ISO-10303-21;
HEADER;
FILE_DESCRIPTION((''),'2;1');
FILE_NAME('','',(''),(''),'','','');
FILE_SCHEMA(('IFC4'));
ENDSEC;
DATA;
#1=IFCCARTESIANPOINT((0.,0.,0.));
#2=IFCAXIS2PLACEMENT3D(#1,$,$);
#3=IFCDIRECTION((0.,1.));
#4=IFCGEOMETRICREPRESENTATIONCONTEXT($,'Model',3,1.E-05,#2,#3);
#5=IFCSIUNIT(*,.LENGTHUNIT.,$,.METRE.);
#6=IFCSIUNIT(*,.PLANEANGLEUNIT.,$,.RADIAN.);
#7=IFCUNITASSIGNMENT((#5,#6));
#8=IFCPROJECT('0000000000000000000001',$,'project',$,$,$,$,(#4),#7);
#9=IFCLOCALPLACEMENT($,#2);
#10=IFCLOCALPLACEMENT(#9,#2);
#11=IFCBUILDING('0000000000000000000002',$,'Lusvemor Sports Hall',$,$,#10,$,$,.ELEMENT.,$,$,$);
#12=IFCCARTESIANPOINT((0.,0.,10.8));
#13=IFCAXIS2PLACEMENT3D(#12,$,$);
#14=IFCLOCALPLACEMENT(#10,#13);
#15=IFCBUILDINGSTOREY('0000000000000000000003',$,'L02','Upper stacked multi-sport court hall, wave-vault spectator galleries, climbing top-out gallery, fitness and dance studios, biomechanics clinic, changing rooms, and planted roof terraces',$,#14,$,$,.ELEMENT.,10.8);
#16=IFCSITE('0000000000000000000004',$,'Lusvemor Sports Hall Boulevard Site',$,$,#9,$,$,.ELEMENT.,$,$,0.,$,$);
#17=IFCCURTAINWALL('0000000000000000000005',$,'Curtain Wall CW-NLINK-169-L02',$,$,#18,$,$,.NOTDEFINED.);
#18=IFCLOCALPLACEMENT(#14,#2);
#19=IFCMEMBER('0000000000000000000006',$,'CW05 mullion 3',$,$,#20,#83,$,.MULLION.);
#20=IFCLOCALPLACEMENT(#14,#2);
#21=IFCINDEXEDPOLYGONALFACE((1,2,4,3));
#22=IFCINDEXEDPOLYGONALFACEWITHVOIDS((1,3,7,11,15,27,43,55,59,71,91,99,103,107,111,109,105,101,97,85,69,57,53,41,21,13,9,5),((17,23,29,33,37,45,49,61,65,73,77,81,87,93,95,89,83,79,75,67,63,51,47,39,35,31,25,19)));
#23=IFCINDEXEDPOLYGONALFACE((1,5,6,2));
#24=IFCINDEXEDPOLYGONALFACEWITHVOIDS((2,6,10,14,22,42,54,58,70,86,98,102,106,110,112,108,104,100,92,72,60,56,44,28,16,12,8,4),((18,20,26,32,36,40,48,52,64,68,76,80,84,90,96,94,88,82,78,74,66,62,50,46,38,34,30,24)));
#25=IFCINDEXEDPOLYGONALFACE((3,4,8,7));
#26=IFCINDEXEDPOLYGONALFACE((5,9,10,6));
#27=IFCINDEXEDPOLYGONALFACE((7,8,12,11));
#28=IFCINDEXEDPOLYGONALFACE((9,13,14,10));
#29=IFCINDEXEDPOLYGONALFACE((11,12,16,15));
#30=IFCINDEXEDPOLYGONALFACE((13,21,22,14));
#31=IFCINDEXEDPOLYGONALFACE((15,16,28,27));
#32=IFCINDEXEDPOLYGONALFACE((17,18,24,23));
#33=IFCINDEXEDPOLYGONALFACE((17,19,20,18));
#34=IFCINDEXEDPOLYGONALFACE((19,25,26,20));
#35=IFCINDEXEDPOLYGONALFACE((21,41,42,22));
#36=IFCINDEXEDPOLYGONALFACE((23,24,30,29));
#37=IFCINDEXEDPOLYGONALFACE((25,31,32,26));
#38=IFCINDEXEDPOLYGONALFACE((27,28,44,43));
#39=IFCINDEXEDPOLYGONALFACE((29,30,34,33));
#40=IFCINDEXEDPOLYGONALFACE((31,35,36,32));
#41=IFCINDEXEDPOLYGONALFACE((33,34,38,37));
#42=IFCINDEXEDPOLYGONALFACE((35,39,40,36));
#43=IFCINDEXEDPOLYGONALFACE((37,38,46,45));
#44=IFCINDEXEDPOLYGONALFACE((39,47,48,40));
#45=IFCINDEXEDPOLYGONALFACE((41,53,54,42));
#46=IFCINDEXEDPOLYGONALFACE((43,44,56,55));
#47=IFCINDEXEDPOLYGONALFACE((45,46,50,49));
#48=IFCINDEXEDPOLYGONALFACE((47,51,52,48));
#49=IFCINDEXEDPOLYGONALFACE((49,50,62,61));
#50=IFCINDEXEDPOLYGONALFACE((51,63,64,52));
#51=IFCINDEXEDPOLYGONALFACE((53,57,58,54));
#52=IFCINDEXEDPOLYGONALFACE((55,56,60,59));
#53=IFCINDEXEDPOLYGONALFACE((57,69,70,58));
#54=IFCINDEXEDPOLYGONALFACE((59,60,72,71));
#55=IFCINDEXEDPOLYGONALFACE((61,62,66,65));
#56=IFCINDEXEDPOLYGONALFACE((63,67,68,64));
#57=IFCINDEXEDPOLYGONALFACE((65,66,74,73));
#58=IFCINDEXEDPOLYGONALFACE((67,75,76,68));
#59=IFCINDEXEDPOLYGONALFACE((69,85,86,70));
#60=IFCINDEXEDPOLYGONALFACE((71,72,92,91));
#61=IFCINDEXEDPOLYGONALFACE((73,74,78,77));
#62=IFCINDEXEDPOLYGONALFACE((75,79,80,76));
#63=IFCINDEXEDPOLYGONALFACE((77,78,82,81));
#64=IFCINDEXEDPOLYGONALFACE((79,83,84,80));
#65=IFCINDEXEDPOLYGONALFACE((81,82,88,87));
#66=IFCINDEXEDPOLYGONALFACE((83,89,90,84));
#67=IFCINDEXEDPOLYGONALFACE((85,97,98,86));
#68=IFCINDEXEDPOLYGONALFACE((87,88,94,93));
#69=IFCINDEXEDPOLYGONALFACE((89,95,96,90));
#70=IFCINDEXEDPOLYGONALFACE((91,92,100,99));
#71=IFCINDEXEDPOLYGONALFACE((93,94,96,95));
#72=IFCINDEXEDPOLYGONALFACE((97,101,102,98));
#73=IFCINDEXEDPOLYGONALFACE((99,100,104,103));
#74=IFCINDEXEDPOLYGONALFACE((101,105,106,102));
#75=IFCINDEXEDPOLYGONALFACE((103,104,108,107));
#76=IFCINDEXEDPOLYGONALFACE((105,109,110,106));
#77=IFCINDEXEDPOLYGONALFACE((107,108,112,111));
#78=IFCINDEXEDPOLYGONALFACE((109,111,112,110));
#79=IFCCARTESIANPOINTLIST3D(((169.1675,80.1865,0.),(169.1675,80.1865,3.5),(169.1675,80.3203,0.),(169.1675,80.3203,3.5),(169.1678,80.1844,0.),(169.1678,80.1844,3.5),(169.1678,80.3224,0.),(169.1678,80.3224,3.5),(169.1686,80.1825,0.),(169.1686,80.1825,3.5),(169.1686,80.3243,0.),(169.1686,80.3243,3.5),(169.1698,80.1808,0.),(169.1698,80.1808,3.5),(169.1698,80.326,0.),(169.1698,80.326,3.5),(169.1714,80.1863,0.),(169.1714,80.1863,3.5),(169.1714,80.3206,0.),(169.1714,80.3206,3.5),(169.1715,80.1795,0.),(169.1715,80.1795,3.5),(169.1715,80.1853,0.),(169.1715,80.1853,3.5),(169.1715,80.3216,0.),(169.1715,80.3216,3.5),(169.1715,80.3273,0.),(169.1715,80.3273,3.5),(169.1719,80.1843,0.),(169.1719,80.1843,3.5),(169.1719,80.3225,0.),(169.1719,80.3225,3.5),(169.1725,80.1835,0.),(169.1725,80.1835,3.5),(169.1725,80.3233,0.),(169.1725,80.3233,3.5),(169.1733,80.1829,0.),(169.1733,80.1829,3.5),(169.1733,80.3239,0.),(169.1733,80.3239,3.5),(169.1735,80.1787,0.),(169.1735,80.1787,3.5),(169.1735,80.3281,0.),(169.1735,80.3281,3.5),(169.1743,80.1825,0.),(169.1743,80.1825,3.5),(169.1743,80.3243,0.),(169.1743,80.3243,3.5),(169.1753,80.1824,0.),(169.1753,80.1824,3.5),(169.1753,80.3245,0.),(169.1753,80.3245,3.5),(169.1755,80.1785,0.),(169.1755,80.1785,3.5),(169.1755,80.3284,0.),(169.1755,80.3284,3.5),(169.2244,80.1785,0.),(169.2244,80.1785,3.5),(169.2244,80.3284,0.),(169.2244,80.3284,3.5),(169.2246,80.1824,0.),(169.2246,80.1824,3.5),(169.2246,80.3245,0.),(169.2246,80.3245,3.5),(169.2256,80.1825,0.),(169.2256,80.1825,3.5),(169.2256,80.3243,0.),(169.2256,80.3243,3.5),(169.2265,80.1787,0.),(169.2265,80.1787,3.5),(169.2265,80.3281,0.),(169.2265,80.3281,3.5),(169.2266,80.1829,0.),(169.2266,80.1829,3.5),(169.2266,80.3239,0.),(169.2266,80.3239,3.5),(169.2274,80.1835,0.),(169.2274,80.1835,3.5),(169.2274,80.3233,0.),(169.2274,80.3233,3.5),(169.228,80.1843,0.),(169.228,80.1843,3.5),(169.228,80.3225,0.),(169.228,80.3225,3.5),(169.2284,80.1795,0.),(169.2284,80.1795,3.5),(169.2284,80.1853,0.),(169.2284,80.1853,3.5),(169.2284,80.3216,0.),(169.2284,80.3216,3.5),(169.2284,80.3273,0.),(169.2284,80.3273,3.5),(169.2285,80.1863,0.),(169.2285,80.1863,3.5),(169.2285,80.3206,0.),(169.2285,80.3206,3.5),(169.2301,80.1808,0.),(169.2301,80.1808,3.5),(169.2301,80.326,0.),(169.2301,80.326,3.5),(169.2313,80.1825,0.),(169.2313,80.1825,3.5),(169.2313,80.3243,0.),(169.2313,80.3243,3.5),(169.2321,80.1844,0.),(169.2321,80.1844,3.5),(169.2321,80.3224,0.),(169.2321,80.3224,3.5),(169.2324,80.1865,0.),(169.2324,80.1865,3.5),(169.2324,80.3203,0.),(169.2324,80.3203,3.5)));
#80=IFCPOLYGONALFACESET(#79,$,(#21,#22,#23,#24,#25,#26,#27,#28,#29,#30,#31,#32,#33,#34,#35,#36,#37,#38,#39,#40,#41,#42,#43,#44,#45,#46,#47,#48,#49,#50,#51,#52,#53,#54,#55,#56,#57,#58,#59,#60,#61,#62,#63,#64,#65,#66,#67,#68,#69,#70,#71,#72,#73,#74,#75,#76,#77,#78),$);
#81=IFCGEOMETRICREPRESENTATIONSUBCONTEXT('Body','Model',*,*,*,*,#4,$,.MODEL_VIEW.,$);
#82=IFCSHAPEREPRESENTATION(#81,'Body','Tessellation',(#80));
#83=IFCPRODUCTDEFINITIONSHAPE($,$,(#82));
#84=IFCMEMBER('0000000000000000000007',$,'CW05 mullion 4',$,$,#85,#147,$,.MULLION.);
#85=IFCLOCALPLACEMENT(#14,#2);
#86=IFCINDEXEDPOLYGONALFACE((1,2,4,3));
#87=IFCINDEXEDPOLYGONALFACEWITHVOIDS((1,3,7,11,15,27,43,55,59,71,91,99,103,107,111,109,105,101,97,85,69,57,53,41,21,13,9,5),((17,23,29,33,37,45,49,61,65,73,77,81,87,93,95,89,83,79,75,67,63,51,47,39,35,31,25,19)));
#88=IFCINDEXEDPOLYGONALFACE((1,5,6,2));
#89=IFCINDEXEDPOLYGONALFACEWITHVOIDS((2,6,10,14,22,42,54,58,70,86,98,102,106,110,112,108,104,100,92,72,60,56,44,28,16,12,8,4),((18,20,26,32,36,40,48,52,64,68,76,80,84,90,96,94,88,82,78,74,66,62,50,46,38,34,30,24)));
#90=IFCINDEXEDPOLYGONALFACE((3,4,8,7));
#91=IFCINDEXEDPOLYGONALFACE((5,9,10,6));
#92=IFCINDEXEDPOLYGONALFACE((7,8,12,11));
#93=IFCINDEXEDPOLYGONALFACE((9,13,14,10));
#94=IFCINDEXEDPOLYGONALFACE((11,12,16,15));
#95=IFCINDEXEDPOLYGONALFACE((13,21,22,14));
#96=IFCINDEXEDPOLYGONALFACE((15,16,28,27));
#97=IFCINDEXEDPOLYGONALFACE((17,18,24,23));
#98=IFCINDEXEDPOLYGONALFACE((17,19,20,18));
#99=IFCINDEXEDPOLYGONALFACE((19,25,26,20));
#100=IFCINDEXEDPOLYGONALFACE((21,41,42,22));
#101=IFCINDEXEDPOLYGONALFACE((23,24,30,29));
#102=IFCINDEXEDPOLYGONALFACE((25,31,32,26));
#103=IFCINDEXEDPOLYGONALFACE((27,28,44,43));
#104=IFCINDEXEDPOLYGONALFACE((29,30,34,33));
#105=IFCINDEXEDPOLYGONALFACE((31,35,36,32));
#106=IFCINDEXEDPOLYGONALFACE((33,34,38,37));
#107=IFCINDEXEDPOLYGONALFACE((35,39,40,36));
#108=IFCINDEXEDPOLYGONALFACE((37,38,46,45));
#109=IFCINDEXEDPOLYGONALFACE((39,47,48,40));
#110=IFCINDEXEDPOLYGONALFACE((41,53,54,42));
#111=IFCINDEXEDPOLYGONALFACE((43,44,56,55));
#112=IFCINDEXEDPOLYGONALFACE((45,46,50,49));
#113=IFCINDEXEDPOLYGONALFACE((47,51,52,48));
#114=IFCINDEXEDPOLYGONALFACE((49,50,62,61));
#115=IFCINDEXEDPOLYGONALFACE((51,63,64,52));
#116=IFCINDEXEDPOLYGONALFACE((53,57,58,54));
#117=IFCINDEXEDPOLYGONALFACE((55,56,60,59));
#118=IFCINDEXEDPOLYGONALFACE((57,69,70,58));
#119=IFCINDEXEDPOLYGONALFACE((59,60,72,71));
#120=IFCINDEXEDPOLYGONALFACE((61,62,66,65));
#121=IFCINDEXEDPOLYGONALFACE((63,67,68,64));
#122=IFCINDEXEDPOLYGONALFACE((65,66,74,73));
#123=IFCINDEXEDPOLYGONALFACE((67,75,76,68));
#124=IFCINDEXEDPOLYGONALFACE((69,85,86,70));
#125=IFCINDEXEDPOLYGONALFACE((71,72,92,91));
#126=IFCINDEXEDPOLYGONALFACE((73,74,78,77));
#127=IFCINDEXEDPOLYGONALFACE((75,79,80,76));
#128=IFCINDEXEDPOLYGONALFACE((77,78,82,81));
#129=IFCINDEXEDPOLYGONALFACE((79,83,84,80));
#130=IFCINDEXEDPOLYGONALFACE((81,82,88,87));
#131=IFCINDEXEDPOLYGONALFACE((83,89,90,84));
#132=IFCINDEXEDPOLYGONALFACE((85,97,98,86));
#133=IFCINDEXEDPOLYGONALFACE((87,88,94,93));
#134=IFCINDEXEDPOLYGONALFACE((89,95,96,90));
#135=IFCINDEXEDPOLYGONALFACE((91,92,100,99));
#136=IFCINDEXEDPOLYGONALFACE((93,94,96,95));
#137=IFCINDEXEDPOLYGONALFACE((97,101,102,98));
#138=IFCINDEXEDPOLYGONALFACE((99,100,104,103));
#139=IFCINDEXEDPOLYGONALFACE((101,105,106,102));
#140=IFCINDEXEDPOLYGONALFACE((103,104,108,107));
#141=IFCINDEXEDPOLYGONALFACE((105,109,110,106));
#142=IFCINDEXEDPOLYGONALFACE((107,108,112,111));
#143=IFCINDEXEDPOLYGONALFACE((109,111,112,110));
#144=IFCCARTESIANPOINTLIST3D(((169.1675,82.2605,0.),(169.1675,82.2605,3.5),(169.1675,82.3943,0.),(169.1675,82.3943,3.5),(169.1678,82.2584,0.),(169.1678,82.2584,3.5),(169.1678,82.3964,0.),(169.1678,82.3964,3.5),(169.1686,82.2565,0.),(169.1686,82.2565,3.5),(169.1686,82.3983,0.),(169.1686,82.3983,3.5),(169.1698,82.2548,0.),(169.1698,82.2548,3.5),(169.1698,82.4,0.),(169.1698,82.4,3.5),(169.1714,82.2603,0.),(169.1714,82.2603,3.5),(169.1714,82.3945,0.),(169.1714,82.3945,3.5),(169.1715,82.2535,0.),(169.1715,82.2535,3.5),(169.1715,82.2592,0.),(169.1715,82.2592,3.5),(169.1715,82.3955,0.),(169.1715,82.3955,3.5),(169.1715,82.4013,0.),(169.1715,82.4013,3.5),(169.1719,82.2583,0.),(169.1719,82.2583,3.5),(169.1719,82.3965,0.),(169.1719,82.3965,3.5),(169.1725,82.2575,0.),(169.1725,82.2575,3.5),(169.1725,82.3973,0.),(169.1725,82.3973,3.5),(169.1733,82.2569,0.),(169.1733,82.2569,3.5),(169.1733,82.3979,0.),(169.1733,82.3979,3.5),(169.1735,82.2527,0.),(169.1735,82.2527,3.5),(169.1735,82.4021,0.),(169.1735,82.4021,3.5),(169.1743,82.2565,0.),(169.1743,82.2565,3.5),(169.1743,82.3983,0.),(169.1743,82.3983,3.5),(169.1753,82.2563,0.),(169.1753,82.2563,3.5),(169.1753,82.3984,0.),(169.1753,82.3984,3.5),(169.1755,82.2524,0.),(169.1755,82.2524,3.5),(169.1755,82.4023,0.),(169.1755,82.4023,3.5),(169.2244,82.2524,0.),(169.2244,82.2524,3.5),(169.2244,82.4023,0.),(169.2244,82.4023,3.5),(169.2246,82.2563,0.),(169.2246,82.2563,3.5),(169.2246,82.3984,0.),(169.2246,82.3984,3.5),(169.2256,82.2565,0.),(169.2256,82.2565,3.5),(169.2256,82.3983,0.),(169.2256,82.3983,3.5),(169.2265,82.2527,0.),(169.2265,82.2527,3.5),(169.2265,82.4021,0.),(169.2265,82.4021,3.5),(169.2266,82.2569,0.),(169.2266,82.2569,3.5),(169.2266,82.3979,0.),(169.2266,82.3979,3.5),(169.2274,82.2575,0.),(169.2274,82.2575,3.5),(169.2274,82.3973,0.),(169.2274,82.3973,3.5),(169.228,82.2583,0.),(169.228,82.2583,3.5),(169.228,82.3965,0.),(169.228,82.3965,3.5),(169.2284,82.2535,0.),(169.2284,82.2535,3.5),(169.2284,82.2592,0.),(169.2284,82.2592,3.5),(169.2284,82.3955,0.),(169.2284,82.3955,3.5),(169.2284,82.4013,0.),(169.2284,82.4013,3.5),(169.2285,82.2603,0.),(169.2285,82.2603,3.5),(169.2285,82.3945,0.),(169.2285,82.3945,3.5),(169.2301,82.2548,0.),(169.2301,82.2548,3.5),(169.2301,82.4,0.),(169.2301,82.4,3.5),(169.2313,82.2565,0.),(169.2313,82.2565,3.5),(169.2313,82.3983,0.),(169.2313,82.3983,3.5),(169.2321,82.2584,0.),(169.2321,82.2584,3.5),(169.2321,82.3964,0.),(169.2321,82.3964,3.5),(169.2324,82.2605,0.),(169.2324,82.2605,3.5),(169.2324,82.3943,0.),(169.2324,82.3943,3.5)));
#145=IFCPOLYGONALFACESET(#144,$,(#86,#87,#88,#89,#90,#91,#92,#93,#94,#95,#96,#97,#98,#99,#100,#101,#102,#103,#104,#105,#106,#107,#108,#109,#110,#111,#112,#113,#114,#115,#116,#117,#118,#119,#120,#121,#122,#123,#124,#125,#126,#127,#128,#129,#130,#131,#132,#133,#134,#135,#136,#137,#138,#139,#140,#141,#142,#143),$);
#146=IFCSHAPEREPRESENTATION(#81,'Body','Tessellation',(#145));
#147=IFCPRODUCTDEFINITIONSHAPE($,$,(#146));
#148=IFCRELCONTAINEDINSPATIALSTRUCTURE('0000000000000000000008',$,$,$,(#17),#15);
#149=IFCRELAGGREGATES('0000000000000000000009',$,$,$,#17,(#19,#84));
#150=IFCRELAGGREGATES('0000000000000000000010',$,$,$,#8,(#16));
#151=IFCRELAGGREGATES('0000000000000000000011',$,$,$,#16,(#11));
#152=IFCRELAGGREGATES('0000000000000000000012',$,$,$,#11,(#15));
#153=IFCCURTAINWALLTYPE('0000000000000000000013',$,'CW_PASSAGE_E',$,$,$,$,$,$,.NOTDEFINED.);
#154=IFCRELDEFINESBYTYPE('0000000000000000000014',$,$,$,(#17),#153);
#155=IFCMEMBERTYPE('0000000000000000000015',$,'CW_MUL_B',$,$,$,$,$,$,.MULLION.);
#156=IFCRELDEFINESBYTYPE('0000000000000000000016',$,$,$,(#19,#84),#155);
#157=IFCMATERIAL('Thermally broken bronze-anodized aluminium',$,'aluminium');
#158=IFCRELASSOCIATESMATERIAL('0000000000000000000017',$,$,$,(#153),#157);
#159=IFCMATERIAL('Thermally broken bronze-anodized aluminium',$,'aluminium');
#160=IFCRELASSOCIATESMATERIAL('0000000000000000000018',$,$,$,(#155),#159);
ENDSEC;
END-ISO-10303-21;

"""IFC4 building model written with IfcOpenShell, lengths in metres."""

from ifc_helpers import new_model, si_unit, direction, frame, origin, origin_2d, place, context, subcontext, project, spatial, hollow_rectangle, extrude, material, material_profile, profile_set, type_object, element, aggregate, save


model = new_model("IFC4")

# Units and contexts
model_context = context("Model", 3, precision=1e-05, world=origin(), true_north=direction((0.0, 1.0)))
body_context = subcontext(model_context, "Body", "Model", "MODEL_VIEW")
ifc_project = project(units=[si_unit("LENGTHUNIT", "METRE"), si_unit("PLANEANGLEUNIT", "RADIAN")], contexts=[model_context])

# Site, building, storey
site_placement = place(None, origin())
site = spatial("IfcSite", under=ifc_project, at=site_placement, Name="Lusvemor Sports Hall Boulevard Site", CompositionType="ELEMENT", RefElevation=0.0)
building_placement = place(site_placement, origin())
building = spatial("IfcBuilding", under=site, at=building_placement, Name="Lusvemor Sports Hall", CompositionType="ELEMENT")
storey_placement = place(building_placement, frame((0.0, 0.0, 10.8)))
storey = spatial("IfcBuildingStorey", under=building, at=storey_placement, Name="L02", Description="Upper stacked multi-sport court hall, wave-vault spectator galleries, climbing top-out gallery, fitness and dance studios, biomechanics clinic, changing rooms, and planted roof terraces", CompositionType="ELEMENT", Elevation=10.8)

# Curtain wall, members
ifc_material_1 = material(Name="Thermally broken bronze-anodized aluminium", Category="aluminium")
curtain_wall_type = type_object("IfcCurtainWallType", Name="CW_PASSAGE_E", PredefinedType="NOTDEFINED", material=ifc_material_1)
curtain_wall_placement = place(storey_placement, origin())
curtain_wall = element("IfcCurtainWall", 1, at=curtain_wall_placement, inside=storey, type_object=curtain_wall_type, Name="Curtain Wall CW-NLINK-169-L02", PredefinedType="NOTDEFINED")
ifc_material_2 = material(Name="Thermally broken bronze-anodized aluminium", Category="aluminium")
ifc_material_profile_1 = material_profile(ifc_material_2, hollow_rectangle(XDim=0.0649, YDim=0.1499, WallThickness=0.0039, InnerFilletRadius=0.0039, OuterFilletRadius=0.0081, at=origin_2d()), Name="CWMUL150x65x4")
ifc_profile_set_1 = profile_set([ifc_material_profile_1], Name="Thermally broken bronze-anodized aluminium")
member_type_1 = type_object("IfcMemberType", Name="CW_MUL_B", PredefinedType="MULLION", material=ifc_profile_set_1)
member_1_placement = place(storey_placement, frame((169.2, 80.2534, 0.0), z_axis=(0.0, 0.0, 1.0), x_axis=(-1.0, 0.0, 0.0)))
member_1 = element("IfcMember", 2, at=member_1_placement, type_object=member_type_1, Name="CW05 mullion 3", PredefinedType="MULLION", context=body_context, shape_type="SweptSolid", body=[
    extrude(hollow_rectangle(XDim=0.0649, YDim=0.1499, WallThickness=0.0039, InnerFilletRadius=0.0039, OuterFilletRadius=0.0081, at=origin_2d()), origin(), (0.0, 0.0, 1.0), 3.5),
])
member_2_placement = place(storey_placement, frame((169.2, 82.3274, 0.0), z_axis=(0.0, 0.0, 1.0), x_axis=(-1.0, 0.0, 0.0)))
member_2 = element("IfcMember", 3, at=member_2_placement, type_object=member_type_1, Name="CW05 mullion 4", PredefinedType="MULLION", context=body_context, shape_type="SweptSolid", body=[
    extrude(hollow_rectangle(XDim=0.0649, YDim=0.1499, WallThickness=0.0039, InnerFilletRadius=0.0039, OuterFilletRadius=0.0081, at=origin_2d()), origin(), (0.0, 0.0, 1.0), 3.5),
])

aggregate(curtain_wall, [member_1, member_2])

save(model, "model.ifc")
